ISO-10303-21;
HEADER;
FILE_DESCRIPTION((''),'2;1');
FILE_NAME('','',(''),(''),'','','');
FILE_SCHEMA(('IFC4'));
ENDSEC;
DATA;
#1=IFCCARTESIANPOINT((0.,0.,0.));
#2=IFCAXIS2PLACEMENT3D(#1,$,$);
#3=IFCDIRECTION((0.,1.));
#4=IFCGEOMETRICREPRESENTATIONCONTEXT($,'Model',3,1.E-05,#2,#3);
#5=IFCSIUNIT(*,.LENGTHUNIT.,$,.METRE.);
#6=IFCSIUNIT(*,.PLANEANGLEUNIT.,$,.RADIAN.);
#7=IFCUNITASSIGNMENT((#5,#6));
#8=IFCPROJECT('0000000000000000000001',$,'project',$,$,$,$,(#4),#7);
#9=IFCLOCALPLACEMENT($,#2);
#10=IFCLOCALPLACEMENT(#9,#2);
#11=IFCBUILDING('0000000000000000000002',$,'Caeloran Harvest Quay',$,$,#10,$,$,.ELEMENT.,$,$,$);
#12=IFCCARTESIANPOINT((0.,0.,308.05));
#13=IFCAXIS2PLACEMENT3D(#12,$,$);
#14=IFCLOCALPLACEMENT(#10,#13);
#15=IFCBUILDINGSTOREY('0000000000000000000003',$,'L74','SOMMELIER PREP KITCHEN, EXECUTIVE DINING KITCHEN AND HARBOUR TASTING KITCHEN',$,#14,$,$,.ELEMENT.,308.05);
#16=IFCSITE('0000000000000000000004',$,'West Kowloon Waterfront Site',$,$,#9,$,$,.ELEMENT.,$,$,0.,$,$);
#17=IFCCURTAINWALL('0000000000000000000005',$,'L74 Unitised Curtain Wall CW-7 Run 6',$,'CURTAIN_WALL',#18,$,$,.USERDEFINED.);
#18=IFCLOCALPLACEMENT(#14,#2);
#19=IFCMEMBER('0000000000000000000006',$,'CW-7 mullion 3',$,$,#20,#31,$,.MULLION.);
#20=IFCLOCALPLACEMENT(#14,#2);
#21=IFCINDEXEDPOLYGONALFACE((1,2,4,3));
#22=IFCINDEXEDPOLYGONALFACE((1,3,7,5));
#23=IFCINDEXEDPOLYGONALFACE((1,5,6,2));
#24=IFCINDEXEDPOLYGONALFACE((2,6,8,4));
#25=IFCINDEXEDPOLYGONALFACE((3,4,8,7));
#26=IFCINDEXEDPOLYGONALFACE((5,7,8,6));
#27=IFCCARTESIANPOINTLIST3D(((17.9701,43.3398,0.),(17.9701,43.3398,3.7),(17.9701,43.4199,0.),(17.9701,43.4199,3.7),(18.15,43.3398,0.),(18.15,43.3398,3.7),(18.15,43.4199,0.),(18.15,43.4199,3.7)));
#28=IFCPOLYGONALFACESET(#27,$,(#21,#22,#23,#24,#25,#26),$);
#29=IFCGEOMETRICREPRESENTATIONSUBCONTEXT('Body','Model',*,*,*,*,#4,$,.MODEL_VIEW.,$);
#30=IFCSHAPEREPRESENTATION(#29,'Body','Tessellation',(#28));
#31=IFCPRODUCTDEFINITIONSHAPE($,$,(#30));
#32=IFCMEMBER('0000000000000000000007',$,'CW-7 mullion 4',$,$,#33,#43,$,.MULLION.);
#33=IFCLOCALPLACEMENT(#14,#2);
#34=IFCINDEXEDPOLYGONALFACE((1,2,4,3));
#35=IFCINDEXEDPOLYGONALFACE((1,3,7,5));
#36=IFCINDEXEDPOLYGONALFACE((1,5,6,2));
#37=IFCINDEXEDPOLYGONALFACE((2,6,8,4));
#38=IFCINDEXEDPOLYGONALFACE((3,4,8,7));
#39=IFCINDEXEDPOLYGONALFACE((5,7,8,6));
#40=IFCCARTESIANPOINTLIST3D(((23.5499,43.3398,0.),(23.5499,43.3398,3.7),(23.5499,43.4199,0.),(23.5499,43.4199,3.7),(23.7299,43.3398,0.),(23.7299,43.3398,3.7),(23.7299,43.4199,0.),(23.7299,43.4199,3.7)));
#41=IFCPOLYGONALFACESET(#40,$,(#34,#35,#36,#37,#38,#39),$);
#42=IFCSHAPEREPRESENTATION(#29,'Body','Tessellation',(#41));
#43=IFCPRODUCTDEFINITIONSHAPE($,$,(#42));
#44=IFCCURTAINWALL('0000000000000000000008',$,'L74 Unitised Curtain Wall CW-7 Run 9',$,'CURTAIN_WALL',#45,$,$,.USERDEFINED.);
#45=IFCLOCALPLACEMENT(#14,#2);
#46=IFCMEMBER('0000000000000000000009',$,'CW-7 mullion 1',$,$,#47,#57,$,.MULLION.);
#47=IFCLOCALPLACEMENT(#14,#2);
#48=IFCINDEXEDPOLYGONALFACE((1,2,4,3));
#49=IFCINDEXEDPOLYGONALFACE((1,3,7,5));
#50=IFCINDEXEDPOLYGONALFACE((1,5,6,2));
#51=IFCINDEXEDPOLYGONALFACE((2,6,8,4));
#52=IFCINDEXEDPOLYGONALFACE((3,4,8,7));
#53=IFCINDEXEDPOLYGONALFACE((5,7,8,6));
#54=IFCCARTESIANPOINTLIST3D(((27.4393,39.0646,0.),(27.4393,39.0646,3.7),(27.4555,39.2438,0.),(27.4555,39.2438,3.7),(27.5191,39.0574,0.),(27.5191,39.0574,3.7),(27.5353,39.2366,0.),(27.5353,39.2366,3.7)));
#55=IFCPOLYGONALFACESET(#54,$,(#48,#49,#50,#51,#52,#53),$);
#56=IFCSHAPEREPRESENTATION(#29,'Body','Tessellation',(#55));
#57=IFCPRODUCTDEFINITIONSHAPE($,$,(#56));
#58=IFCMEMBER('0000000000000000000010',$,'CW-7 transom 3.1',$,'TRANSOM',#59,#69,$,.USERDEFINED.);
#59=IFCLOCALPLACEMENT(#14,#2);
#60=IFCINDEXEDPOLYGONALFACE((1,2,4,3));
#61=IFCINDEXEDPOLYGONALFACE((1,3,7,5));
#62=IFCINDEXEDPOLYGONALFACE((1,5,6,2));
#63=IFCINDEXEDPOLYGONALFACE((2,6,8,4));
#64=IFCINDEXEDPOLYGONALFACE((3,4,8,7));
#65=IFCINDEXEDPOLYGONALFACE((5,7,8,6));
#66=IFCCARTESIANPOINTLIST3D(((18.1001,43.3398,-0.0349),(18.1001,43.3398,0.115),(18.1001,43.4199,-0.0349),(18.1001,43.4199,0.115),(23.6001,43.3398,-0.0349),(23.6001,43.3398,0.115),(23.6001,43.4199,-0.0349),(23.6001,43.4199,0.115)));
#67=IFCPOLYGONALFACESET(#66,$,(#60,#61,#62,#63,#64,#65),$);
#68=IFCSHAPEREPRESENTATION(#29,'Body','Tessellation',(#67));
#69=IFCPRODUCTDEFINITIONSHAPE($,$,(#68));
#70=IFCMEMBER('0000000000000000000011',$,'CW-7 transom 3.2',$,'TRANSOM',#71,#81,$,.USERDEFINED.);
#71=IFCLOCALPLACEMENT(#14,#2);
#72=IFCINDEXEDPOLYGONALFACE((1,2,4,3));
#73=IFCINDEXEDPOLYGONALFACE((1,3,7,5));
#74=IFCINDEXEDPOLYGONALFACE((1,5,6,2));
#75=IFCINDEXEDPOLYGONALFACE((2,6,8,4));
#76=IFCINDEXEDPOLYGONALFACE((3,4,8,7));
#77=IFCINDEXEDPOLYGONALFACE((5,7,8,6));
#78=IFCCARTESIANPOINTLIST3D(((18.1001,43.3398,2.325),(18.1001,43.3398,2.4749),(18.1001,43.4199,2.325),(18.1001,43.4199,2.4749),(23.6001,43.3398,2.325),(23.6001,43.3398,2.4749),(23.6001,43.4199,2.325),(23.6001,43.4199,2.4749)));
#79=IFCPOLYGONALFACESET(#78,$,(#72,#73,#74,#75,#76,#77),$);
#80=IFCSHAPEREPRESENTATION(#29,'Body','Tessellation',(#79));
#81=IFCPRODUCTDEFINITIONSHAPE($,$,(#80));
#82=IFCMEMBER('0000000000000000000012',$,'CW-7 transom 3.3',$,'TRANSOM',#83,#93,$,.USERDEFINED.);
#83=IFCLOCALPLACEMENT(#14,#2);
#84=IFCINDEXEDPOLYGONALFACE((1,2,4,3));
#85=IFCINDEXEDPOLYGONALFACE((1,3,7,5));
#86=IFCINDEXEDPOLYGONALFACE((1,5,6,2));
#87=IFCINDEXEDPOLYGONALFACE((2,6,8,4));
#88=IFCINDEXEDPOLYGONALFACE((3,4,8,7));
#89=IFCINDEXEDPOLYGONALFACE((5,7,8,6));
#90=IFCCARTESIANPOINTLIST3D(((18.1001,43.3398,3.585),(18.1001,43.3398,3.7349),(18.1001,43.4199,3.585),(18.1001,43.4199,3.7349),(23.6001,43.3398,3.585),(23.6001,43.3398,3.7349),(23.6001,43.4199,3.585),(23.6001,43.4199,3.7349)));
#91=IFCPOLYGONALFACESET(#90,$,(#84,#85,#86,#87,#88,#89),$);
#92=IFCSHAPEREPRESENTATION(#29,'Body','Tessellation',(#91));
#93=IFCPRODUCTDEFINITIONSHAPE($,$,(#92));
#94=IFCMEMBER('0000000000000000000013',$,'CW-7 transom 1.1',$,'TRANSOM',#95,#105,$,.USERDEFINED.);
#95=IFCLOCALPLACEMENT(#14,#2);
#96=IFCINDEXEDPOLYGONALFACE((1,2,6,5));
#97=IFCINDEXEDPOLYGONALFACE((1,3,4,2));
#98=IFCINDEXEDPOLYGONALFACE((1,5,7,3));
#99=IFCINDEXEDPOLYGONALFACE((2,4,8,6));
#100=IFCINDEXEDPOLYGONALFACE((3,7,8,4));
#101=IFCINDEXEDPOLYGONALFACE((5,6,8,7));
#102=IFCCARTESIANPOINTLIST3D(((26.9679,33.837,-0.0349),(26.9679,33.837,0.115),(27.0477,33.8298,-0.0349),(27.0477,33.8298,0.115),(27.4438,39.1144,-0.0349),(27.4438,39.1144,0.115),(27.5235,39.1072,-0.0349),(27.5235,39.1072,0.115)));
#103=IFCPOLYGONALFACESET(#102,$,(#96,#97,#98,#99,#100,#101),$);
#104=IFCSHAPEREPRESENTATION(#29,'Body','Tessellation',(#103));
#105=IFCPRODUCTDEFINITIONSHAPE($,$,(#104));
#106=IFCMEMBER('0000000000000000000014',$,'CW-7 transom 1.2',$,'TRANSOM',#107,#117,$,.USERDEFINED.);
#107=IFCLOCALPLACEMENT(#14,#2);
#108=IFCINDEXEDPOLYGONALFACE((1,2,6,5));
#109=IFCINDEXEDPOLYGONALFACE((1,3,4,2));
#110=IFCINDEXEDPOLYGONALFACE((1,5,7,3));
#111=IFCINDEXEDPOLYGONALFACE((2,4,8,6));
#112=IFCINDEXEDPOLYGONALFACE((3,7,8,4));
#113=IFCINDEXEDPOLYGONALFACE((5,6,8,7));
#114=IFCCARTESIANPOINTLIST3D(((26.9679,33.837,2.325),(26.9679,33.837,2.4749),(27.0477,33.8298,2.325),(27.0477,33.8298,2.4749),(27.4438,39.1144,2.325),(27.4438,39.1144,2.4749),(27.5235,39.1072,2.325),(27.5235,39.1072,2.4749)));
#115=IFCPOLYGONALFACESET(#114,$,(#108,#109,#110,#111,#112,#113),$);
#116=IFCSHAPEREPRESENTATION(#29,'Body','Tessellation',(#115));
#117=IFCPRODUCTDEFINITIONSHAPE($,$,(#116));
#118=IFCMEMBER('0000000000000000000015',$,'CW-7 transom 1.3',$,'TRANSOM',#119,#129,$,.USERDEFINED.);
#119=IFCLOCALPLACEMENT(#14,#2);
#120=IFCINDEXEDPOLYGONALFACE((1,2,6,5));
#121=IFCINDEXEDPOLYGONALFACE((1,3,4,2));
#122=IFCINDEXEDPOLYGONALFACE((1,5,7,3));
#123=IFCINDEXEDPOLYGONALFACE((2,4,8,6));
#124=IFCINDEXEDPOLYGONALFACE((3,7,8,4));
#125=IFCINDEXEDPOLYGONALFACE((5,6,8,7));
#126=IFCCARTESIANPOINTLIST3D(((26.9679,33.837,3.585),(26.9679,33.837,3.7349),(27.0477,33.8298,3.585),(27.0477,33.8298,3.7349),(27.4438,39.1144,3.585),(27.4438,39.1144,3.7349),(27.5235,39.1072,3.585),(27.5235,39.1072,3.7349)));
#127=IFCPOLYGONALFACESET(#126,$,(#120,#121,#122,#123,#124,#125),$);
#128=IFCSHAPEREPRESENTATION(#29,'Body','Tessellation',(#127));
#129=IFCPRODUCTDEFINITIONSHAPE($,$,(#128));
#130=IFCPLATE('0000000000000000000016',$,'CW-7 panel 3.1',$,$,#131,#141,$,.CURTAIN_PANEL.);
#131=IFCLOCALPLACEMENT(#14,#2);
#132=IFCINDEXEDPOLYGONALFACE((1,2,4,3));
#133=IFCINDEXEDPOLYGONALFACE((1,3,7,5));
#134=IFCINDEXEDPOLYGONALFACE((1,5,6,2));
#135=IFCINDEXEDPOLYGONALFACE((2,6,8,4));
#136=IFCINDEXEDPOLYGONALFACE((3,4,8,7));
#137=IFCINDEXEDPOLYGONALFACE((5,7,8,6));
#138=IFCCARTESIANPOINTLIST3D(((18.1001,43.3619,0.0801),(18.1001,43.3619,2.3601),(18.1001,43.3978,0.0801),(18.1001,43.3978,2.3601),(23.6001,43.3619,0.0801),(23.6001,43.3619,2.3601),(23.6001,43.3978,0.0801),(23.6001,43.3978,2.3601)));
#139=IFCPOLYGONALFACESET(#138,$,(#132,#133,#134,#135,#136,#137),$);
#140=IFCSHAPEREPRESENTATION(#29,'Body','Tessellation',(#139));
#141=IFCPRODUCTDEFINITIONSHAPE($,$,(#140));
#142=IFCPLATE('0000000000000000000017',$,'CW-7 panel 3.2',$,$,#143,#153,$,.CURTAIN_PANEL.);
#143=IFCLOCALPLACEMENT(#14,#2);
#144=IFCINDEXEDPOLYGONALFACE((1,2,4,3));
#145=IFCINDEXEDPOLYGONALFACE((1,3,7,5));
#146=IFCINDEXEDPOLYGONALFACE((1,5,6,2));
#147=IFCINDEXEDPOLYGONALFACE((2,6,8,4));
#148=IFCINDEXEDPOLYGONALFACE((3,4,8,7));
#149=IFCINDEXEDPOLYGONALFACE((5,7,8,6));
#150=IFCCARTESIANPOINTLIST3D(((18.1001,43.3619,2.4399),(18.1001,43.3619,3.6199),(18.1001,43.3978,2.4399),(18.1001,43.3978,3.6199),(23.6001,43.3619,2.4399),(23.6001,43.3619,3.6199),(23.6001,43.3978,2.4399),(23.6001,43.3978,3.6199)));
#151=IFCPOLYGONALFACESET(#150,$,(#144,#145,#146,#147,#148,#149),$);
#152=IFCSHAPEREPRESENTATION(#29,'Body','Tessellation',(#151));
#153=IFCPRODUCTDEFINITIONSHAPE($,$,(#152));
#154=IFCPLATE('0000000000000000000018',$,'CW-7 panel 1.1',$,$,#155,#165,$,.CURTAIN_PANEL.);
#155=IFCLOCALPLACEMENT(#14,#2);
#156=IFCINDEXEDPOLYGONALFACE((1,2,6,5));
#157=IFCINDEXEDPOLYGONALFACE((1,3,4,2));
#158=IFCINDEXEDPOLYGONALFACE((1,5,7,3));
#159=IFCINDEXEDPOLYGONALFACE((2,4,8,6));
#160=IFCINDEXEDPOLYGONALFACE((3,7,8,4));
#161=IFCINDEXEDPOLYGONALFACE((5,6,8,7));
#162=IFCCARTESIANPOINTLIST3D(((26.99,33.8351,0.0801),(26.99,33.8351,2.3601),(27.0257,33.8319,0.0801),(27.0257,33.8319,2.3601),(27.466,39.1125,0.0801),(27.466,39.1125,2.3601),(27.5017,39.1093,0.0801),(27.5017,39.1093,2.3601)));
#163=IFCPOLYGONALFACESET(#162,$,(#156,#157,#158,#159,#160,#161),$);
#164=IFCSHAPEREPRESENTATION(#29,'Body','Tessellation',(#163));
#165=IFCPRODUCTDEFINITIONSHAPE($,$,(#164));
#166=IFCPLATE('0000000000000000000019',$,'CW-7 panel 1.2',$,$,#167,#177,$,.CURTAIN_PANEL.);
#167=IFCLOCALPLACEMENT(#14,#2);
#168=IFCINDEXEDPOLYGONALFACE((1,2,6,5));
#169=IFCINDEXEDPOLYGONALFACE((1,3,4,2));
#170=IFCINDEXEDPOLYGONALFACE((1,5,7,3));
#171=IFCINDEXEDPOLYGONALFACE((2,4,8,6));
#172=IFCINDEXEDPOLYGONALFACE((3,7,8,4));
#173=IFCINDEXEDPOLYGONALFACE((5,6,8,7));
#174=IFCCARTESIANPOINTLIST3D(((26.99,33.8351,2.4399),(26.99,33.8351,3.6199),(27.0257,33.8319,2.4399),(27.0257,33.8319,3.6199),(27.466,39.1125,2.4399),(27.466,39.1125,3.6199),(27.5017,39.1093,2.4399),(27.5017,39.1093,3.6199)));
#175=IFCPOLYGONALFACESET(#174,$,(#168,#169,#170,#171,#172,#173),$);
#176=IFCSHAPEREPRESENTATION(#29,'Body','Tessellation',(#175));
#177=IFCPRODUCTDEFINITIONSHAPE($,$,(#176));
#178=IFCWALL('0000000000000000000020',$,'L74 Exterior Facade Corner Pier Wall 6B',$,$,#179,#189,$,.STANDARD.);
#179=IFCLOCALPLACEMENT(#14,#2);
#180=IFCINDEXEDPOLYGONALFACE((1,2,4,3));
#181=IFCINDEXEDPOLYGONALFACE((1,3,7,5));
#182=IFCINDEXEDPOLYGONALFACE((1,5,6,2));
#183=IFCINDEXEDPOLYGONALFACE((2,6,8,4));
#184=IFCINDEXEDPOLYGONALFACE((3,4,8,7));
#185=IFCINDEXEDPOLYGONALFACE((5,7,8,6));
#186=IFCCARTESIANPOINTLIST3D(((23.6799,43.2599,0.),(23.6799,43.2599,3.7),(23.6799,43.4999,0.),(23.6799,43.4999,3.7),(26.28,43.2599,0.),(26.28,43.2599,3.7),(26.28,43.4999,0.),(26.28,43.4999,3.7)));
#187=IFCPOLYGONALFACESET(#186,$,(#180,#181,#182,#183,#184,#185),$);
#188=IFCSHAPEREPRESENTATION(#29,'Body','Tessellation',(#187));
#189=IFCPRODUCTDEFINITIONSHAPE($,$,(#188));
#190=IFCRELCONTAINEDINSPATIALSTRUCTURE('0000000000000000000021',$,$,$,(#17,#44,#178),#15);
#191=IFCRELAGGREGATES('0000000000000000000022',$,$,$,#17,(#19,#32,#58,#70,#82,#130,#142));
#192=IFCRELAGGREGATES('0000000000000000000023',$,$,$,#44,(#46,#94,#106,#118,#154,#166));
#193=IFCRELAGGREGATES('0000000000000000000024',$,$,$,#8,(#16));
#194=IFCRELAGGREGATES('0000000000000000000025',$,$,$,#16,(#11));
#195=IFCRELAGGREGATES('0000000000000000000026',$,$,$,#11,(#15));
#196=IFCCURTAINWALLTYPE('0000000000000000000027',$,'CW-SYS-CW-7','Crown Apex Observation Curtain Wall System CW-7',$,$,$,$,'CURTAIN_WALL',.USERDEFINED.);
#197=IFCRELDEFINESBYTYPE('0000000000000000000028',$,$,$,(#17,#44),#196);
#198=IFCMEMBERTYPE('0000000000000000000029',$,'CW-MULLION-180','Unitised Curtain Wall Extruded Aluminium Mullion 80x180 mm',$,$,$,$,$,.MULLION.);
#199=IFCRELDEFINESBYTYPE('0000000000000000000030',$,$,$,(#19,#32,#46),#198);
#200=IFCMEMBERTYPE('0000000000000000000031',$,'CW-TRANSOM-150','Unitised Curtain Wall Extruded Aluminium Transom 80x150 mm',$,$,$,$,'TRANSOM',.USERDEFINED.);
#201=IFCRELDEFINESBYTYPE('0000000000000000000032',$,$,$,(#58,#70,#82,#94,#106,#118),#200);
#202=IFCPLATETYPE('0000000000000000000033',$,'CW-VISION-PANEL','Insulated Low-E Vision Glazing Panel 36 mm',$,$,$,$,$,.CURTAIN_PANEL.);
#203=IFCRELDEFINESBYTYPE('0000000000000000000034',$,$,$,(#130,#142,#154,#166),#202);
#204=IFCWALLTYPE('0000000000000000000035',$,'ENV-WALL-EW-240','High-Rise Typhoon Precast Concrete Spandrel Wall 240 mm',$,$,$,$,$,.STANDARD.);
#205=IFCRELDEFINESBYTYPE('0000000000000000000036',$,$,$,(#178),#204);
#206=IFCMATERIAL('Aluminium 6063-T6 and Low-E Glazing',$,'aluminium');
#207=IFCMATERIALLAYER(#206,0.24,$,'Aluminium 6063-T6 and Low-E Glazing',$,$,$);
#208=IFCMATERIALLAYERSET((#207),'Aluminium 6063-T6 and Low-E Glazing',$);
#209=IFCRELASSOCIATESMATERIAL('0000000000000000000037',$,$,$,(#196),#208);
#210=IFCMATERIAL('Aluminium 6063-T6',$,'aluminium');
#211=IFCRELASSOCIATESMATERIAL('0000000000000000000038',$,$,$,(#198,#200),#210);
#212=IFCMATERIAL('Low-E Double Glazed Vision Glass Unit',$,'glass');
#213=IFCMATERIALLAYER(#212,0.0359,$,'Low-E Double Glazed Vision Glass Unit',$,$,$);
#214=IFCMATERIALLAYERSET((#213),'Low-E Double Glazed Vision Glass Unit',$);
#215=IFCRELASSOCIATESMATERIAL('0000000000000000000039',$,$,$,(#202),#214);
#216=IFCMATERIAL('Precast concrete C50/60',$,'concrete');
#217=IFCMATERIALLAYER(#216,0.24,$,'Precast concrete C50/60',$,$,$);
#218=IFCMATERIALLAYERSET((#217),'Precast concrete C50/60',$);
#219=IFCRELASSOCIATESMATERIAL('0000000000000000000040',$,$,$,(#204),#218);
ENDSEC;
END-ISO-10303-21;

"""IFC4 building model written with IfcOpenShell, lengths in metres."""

from ifc_helpers import new_model, si_unit, direction, frame, frame_2d, origin, origin_2d, place, context, subcontext, project, spatial, rectangle, extrude, material, layer, layer_set, material_profile, profile_set, type_object, element, aggregate, save


model = new_model("IFC4")

# Units and contexts
model_context = context("Model", 3, precision=1e-05, world=origin(), true_north=direction((0.0, 1.0)))
body_context = subcontext(model_context, "Body", "Model", "MODEL_VIEW")
ifc_project = project(units=[si_unit("LENGTHUNIT", "METRE"), si_unit("PLANEANGLEUNIT", "RADIAN")], contexts=[model_context])

# Site, building, storey
site_placement = place(None, origin())
site = spatial("IfcSite", under=ifc_project, at=site_placement, Name="West Kowloon Waterfront Site", CompositionType="ELEMENT", RefElevation=0.0)
building_placement = place(site_placement, origin())
building = spatial("IfcBuilding", under=site, at=building_placement, Name="Caeloran Harvest Quay", CompositionType="ELEMENT")
storey_placement = place(building_placement, frame((0.0, 0.0, 308.05)))
storey = spatial("IfcBuildingStorey", under=building, at=storey_placement, Name="L74", Description="SOMMELIER PREP KITCHEN, EXECUTIVE DINING KITCHEN AND HARBOUR TASTING KITCHEN", CompositionType="ELEMENT", Elevation=308.05)

# Curtain wall, members
ifc_material_1 = material(Name="Aluminium 6063-T6 and Low-E Glazing", Category="aluminium")
ifc_layer_1 = layer(ifc_material_1, 0.24, Name="Aluminium 6063-T6 and Low-E Glazing")
ifc_layer_set_1 = layer_set([ifc_layer_1], Name="Aluminium 6063-T6 and Low-E Glazing")
curtain_wall_type = type_object("IfcCurtainWallType", Name="CW-SYS-CW-7", Description="Crown Apex Observation Curtain Wall System CW-7", ElementType="CURTAIN_WALL", PredefinedType="USERDEFINED", material=ifc_layer_set_1)
curtain_wall_1_placement = place(storey_placement, origin())
curtain_wall_1 = element("IfcCurtainWall", 1, at=curtain_wall_1_placement, inside=storey, type_object=curtain_wall_type, Name="L74 Unitised Curtain Wall CW-7 Run 6", ObjectType="CURTAIN_WALL", PredefinedType="USERDEFINED")
ifc_material_2 = material(Name="Aluminium 6063-T6", Category="aluminium")
ifc_material_profile_1 = material_profile(ifc_material_2, rectangle(XDim=0.0801, YDim=0.1799, at=origin_2d()), Name="CW-MULLION-180")
ifc_profile_set_1 = profile_set([ifc_material_profile_1], Name="Aluminium 6063-T6")
member_type_1 = type_object("IfcMemberType", Name="CW-MULLION-180", Description="Unitised Curtain Wall Extruded Aluminium Mullion 80x180 mm", PredefinedType="MULLION", material=ifc_profile_set_1)
member_1_placement = place(storey_placement, frame((18.0601, 43.3799, 0.0), z_axis=(0.0, 0.0, 1.0), x_axis=(0.0, 1.0, 0.0)))
member_1 = element("IfcMember", 2, at=member_1_placement, type_object=member_type_1, Name="CW-7 mullion 3", PredefinedType="MULLION", context=body_context, shape_type="SweptSolid", body=[
    extrude(rectangle(XDim=0.0801, YDim=0.1799, at=origin_2d()), origin(), (0.0, 0.0, 1.0), 3.7),
])
member_2_placement = place(storey_placement, frame((23.6399, 43.3799, 0.0), z_axis=(0.0, 0.0, 1.0), x_axis=(0.0, 1.0, 0.0)))
member_2 = element("IfcMember", 3, at=member_2_placement, type_object=member_type_1, Name="CW-7 mullion 4", PredefinedType="MULLION", context=body_context, shape_type="SweptSolid", body=[
    extrude(rectangle(XDim=0.0801, YDim=0.1799, at=origin_2d()), origin(), (0.0, 0.0, 1.0), 3.7),
])

# Curtain wall, member
curtain_wall_2_placement = place(storey_placement, origin())
curtain_wall_2 = element("IfcCurtainWall", 4, at=curtain_wall_2_placement, inside=storey, type_object=curtain_wall_type, Name="L74 Unitised Curtain Wall CW-7 Run 9", ObjectType="CURTAIN_WALL", PredefinedType="USERDEFINED")
member_3_placement = place(storey_placement, frame((27.4873, 39.1506, 0.0), z_axis=(0.0, 0.0, 1.0), x_axis=(0.995958, -0.089821, 0.0)))
member_3 = element("IfcMember", 5, at=member_3_placement, type_object=member_type_1, Name="CW-7 mullion 1", PredefinedType="MULLION", context=body_context, shape_type="SweptSolid", body=[
    extrude(rectangle(XDim=0.0801, YDim=0.1799, at=origin_2d()), origin(), (0.0, 0.0, 1.0), 3.7),
])

# Members
ifc_material_profile_2 = material_profile(ifc_material_2, rectangle(XDim=0.0801, YDim=0.1499, at=origin_2d()), Name="CW-TRANSOM-150")
ifc_profile_set_2 = profile_set([ifc_material_profile_2], Name="Aluminium 6063-T6")
member_type_2 = type_object("IfcMemberType", Name="CW-TRANSOM-150", Description="Unitised Curtain Wall Extruded Aluminium Transom 80x150 mm", ElementType="TRANSOM", PredefinedType="USERDEFINED", material=ifc_profile_set_2)
member_4_placement = place(storey_placement, frame((18.1001, 43.3799, 0.04), z_axis=(1.0, 0.0, 0.0), x_axis=(0.0, 1.0, 0.0)))
member_4 = element("IfcMember", 6, at=member_4_placement, type_object=member_type_2, Name="CW-7 transom 3.1", ObjectType="TRANSOM", PredefinedType="USERDEFINED", context=body_context, shape_type="SweptSolid", body=[
    extrude(rectangle(XDim=0.0801, YDim=0.1499, at=origin_2d()), origin(), (0.0, 0.0, 1.0), 5.5),
])
member_5_placement = place(storey_placement, frame((18.1001, 43.3799, 2.3999), z_axis=(1.0, 0.0, 0.0), x_axis=(0.0, 1.0, 0.0)))
member_5 = element("IfcMember", 7, at=member_5_placement, type_object=member_type_2, Name="CW-7 transom 3.2", ObjectType="TRANSOM", PredefinedType="USERDEFINED", context=body_context, shape_type="SweptSolid", body=[
    extrude(rectangle(XDim=0.0801, YDim=0.1499, at=origin_2d()), origin(), (0.0, 0.0, 1.0), 5.5),
])
member_6_placement = place(storey_placement, frame((18.1001, 43.3799, 3.6599), z_axis=(1.0, 0.0, 0.0), x_axis=(0.0, 1.0, 0.0)))
member_6 = element("IfcMember", 8, at=member_6_placement, type_object=member_type_2, Name="CW-7 transom 3.3", ObjectType="TRANSOM", PredefinedType="USERDEFINED", context=body_context, shape_type="SweptSolid", body=[
    extrude(rectangle(XDim=0.0801, YDim=0.1499, at=origin_2d()), origin(), (0.0, 0.0, 1.0), 5.5),
])
member_7_placement = place(storey_placement, frame((27.4836, 39.1108, 0.04), z_axis=(-0.0898, -0.99596, 0.0), x_axis=(0.99596, -0.0898, 0.0)))
member_7 = element("IfcMember", 9, at=member_7_placement, type_object=member_type_2, Name="CW-7 transom 1.1", ObjectType="TRANSOM", PredefinedType="USERDEFINED", context=body_context, shape_type="SweptSolid", body=[
    extrude(rectangle(XDim=0.0801, YDim=0.1499, at=origin_2d()), origin(), (0.0, 0.0, 1.0), 5.2988),
])
member_8_placement = place(storey_placement, frame((27.4836, 39.1108, 2.3999), z_axis=(-0.0898, -0.99596, 0.0), x_axis=(0.99596, -0.0898, 0.0)))
member_8 = element("IfcMember", 10, at=member_8_placement, type_object=member_type_2, Name="CW-7 transom 1.2", ObjectType="TRANSOM", PredefinedType="USERDEFINED", context=body_context, shape_type="SweptSolid", body=[
    extrude(rectangle(XDim=0.0801, YDim=0.1499, at=origin_2d()), origin(), (0.0, 0.0, 1.0), 5.2988),
])
member_9_placement = place(storey_placement, frame((27.4836, 39.1108, 3.6599), z_axis=(-0.0898, -0.99596, 0.0), x_axis=(0.99596, -0.0898, 0.0)))
member_9 = element("IfcMember", 11, at=member_9_placement, type_object=member_type_2, Name="CW-7 transom 1.3", ObjectType="TRANSOM", PredefinedType="USERDEFINED", context=body_context, shape_type="SweptSolid", body=[
    extrude(rectangle(XDim=0.0801, YDim=0.1499, at=origin_2d()), origin(), (0.0, 0.0, 1.0), 5.2988),
])

# Plates
ifc_material_3 = material(Name="Low-E Double Glazed Vision Glass Unit", Category="glass")
ifc_layer_2 = layer(ifc_material_3, 0.0359, Name="Low-E Double Glazed Vision Glass Unit")
ifc_layer_set_2 = layer_set([ifc_layer_2], Name="Low-E Double Glazed Vision Glass Unit")
plate_type = type_object("IfcPlateType", Name="CW-VISION-PANEL", Description="Insulated Low-E Vision Glazing Panel 36 mm", PredefinedType="CURTAIN_PANEL", material=ifc_layer_set_2)
plate_1_placement = place(storey_placement, frame((20.8501, 43.3799, 0.0801), z_axis=(0.0, 0.0, 1.0), x_axis=(1.0, 0.0, 0.0)))
plate_1 = element("IfcPlate", 12, at=plate_1_placement, type_object=plate_type, Name="CW-7 panel 3.1", PredefinedType="CURTAIN_PANEL", context=body_context, shape_type="SweptSolid", body=[
    extrude(rectangle(XDim=5.5, YDim=0.0359, at=origin_2d()), origin(), (0.0, 0.0, 1.0), 2.28),
])
plate_2_placement = place(storey_placement, frame((20.8501, 43.3799, 2.4399), z_axis=(0.0, 0.0, 1.0), x_axis=(1.0, 0.0, 0.0)))
plate_2 = element("IfcPlate", 13, at=plate_2_placement, type_object=plate_type, Name="CW-7 panel 3.2", PredefinedType="CURTAIN_PANEL", context=body_context, shape_type="SweptSolid", body=[
    extrude(rectangle(XDim=5.5, YDim=0.0359, at=origin_2d()), origin(), (0.0, 0.0, 1.0), 1.1799),
])
aggregate(curtain_wall_1, [member_1, member_2, member_4, member_5, member_6, plate_1, plate_2])
plate_3_placement = place(storey_placement, frame((27.2458, 36.4722, 0.0801), z_axis=(0.0, 0.0, 1.0), x_axis=(-0.089821, -0.995958, 0.0)))
plate_3 = element("IfcPlate", 14, at=plate_3_placement, type_object=plate_type, Name="CW-7 panel 1.1", PredefinedType="CURTAIN_PANEL", context=body_context, shape_type="SweptSolid", body=[
    extrude(rectangle(XDim=5.2988, YDim=0.0359, at=origin_2d()), origin(), (0.0, 0.0, 1.0), 2.28),
])
plate_4_placement = place(storey_placement, frame((27.2458, 36.4722, 2.4399), z_axis=(0.0, 0.0, 1.0), x_axis=(-0.089821, -0.995958, 0.0)))
plate_4 = element("IfcPlate", 15, at=plate_4_placement, type_object=plate_type, Name="CW-7 panel 1.2", PredefinedType="CURTAIN_PANEL", context=body_context, shape_type="SweptSolid", body=[
    extrude(rectangle(XDim=5.2988, YDim=0.0359, at=origin_2d()), origin(), (0.0, 0.0, 1.0), 1.1799),
])
aggregate(curtain_wall_2, [member_3, member_7, member_8, member_9, plate_3, plate_4])

# Wall
ifc_material_4 = material(Name="Precast concrete C50/60", Category="concrete")
ifc_layer_3 = layer(ifc_material_4, 0.24, Name="Precast concrete C50/60")
ifc_layer_set_3 = layer_set([ifc_layer_3], Name="Precast concrete C50/60")
wall_type_1 = type_object("IfcWallType", Name="ENV-WALL-EW-240", Description="High-Rise Typhoon Precast Concrete Spandrel Wall 240 mm", PredefinedType="STANDARD", material=ifc_layer_set_3)
wall_1_placement = place(storey_placement, frame((23.6799, 43.3799, 0.0), z_axis=(0.0, 0.0, 1.0), x_axis=(1.0, 0.0, 0.0)))
element("IfcWall", 16, at=wall_1_placement, inside=storey, type_object=wall_type_1, Name="L74 Exterior Facade Corner Pier Wall 6B", PredefinedType="STANDARD", context=body_context, shape_type="SweptSolid", body=[
    extrude(rectangle(XDim=2.6001, YDim=0.24, at=frame_2d((1.3, 0.0))), origin(), (0.0, 0.0, 1.0), 3.7),
])

save(model, "model.ifc")
